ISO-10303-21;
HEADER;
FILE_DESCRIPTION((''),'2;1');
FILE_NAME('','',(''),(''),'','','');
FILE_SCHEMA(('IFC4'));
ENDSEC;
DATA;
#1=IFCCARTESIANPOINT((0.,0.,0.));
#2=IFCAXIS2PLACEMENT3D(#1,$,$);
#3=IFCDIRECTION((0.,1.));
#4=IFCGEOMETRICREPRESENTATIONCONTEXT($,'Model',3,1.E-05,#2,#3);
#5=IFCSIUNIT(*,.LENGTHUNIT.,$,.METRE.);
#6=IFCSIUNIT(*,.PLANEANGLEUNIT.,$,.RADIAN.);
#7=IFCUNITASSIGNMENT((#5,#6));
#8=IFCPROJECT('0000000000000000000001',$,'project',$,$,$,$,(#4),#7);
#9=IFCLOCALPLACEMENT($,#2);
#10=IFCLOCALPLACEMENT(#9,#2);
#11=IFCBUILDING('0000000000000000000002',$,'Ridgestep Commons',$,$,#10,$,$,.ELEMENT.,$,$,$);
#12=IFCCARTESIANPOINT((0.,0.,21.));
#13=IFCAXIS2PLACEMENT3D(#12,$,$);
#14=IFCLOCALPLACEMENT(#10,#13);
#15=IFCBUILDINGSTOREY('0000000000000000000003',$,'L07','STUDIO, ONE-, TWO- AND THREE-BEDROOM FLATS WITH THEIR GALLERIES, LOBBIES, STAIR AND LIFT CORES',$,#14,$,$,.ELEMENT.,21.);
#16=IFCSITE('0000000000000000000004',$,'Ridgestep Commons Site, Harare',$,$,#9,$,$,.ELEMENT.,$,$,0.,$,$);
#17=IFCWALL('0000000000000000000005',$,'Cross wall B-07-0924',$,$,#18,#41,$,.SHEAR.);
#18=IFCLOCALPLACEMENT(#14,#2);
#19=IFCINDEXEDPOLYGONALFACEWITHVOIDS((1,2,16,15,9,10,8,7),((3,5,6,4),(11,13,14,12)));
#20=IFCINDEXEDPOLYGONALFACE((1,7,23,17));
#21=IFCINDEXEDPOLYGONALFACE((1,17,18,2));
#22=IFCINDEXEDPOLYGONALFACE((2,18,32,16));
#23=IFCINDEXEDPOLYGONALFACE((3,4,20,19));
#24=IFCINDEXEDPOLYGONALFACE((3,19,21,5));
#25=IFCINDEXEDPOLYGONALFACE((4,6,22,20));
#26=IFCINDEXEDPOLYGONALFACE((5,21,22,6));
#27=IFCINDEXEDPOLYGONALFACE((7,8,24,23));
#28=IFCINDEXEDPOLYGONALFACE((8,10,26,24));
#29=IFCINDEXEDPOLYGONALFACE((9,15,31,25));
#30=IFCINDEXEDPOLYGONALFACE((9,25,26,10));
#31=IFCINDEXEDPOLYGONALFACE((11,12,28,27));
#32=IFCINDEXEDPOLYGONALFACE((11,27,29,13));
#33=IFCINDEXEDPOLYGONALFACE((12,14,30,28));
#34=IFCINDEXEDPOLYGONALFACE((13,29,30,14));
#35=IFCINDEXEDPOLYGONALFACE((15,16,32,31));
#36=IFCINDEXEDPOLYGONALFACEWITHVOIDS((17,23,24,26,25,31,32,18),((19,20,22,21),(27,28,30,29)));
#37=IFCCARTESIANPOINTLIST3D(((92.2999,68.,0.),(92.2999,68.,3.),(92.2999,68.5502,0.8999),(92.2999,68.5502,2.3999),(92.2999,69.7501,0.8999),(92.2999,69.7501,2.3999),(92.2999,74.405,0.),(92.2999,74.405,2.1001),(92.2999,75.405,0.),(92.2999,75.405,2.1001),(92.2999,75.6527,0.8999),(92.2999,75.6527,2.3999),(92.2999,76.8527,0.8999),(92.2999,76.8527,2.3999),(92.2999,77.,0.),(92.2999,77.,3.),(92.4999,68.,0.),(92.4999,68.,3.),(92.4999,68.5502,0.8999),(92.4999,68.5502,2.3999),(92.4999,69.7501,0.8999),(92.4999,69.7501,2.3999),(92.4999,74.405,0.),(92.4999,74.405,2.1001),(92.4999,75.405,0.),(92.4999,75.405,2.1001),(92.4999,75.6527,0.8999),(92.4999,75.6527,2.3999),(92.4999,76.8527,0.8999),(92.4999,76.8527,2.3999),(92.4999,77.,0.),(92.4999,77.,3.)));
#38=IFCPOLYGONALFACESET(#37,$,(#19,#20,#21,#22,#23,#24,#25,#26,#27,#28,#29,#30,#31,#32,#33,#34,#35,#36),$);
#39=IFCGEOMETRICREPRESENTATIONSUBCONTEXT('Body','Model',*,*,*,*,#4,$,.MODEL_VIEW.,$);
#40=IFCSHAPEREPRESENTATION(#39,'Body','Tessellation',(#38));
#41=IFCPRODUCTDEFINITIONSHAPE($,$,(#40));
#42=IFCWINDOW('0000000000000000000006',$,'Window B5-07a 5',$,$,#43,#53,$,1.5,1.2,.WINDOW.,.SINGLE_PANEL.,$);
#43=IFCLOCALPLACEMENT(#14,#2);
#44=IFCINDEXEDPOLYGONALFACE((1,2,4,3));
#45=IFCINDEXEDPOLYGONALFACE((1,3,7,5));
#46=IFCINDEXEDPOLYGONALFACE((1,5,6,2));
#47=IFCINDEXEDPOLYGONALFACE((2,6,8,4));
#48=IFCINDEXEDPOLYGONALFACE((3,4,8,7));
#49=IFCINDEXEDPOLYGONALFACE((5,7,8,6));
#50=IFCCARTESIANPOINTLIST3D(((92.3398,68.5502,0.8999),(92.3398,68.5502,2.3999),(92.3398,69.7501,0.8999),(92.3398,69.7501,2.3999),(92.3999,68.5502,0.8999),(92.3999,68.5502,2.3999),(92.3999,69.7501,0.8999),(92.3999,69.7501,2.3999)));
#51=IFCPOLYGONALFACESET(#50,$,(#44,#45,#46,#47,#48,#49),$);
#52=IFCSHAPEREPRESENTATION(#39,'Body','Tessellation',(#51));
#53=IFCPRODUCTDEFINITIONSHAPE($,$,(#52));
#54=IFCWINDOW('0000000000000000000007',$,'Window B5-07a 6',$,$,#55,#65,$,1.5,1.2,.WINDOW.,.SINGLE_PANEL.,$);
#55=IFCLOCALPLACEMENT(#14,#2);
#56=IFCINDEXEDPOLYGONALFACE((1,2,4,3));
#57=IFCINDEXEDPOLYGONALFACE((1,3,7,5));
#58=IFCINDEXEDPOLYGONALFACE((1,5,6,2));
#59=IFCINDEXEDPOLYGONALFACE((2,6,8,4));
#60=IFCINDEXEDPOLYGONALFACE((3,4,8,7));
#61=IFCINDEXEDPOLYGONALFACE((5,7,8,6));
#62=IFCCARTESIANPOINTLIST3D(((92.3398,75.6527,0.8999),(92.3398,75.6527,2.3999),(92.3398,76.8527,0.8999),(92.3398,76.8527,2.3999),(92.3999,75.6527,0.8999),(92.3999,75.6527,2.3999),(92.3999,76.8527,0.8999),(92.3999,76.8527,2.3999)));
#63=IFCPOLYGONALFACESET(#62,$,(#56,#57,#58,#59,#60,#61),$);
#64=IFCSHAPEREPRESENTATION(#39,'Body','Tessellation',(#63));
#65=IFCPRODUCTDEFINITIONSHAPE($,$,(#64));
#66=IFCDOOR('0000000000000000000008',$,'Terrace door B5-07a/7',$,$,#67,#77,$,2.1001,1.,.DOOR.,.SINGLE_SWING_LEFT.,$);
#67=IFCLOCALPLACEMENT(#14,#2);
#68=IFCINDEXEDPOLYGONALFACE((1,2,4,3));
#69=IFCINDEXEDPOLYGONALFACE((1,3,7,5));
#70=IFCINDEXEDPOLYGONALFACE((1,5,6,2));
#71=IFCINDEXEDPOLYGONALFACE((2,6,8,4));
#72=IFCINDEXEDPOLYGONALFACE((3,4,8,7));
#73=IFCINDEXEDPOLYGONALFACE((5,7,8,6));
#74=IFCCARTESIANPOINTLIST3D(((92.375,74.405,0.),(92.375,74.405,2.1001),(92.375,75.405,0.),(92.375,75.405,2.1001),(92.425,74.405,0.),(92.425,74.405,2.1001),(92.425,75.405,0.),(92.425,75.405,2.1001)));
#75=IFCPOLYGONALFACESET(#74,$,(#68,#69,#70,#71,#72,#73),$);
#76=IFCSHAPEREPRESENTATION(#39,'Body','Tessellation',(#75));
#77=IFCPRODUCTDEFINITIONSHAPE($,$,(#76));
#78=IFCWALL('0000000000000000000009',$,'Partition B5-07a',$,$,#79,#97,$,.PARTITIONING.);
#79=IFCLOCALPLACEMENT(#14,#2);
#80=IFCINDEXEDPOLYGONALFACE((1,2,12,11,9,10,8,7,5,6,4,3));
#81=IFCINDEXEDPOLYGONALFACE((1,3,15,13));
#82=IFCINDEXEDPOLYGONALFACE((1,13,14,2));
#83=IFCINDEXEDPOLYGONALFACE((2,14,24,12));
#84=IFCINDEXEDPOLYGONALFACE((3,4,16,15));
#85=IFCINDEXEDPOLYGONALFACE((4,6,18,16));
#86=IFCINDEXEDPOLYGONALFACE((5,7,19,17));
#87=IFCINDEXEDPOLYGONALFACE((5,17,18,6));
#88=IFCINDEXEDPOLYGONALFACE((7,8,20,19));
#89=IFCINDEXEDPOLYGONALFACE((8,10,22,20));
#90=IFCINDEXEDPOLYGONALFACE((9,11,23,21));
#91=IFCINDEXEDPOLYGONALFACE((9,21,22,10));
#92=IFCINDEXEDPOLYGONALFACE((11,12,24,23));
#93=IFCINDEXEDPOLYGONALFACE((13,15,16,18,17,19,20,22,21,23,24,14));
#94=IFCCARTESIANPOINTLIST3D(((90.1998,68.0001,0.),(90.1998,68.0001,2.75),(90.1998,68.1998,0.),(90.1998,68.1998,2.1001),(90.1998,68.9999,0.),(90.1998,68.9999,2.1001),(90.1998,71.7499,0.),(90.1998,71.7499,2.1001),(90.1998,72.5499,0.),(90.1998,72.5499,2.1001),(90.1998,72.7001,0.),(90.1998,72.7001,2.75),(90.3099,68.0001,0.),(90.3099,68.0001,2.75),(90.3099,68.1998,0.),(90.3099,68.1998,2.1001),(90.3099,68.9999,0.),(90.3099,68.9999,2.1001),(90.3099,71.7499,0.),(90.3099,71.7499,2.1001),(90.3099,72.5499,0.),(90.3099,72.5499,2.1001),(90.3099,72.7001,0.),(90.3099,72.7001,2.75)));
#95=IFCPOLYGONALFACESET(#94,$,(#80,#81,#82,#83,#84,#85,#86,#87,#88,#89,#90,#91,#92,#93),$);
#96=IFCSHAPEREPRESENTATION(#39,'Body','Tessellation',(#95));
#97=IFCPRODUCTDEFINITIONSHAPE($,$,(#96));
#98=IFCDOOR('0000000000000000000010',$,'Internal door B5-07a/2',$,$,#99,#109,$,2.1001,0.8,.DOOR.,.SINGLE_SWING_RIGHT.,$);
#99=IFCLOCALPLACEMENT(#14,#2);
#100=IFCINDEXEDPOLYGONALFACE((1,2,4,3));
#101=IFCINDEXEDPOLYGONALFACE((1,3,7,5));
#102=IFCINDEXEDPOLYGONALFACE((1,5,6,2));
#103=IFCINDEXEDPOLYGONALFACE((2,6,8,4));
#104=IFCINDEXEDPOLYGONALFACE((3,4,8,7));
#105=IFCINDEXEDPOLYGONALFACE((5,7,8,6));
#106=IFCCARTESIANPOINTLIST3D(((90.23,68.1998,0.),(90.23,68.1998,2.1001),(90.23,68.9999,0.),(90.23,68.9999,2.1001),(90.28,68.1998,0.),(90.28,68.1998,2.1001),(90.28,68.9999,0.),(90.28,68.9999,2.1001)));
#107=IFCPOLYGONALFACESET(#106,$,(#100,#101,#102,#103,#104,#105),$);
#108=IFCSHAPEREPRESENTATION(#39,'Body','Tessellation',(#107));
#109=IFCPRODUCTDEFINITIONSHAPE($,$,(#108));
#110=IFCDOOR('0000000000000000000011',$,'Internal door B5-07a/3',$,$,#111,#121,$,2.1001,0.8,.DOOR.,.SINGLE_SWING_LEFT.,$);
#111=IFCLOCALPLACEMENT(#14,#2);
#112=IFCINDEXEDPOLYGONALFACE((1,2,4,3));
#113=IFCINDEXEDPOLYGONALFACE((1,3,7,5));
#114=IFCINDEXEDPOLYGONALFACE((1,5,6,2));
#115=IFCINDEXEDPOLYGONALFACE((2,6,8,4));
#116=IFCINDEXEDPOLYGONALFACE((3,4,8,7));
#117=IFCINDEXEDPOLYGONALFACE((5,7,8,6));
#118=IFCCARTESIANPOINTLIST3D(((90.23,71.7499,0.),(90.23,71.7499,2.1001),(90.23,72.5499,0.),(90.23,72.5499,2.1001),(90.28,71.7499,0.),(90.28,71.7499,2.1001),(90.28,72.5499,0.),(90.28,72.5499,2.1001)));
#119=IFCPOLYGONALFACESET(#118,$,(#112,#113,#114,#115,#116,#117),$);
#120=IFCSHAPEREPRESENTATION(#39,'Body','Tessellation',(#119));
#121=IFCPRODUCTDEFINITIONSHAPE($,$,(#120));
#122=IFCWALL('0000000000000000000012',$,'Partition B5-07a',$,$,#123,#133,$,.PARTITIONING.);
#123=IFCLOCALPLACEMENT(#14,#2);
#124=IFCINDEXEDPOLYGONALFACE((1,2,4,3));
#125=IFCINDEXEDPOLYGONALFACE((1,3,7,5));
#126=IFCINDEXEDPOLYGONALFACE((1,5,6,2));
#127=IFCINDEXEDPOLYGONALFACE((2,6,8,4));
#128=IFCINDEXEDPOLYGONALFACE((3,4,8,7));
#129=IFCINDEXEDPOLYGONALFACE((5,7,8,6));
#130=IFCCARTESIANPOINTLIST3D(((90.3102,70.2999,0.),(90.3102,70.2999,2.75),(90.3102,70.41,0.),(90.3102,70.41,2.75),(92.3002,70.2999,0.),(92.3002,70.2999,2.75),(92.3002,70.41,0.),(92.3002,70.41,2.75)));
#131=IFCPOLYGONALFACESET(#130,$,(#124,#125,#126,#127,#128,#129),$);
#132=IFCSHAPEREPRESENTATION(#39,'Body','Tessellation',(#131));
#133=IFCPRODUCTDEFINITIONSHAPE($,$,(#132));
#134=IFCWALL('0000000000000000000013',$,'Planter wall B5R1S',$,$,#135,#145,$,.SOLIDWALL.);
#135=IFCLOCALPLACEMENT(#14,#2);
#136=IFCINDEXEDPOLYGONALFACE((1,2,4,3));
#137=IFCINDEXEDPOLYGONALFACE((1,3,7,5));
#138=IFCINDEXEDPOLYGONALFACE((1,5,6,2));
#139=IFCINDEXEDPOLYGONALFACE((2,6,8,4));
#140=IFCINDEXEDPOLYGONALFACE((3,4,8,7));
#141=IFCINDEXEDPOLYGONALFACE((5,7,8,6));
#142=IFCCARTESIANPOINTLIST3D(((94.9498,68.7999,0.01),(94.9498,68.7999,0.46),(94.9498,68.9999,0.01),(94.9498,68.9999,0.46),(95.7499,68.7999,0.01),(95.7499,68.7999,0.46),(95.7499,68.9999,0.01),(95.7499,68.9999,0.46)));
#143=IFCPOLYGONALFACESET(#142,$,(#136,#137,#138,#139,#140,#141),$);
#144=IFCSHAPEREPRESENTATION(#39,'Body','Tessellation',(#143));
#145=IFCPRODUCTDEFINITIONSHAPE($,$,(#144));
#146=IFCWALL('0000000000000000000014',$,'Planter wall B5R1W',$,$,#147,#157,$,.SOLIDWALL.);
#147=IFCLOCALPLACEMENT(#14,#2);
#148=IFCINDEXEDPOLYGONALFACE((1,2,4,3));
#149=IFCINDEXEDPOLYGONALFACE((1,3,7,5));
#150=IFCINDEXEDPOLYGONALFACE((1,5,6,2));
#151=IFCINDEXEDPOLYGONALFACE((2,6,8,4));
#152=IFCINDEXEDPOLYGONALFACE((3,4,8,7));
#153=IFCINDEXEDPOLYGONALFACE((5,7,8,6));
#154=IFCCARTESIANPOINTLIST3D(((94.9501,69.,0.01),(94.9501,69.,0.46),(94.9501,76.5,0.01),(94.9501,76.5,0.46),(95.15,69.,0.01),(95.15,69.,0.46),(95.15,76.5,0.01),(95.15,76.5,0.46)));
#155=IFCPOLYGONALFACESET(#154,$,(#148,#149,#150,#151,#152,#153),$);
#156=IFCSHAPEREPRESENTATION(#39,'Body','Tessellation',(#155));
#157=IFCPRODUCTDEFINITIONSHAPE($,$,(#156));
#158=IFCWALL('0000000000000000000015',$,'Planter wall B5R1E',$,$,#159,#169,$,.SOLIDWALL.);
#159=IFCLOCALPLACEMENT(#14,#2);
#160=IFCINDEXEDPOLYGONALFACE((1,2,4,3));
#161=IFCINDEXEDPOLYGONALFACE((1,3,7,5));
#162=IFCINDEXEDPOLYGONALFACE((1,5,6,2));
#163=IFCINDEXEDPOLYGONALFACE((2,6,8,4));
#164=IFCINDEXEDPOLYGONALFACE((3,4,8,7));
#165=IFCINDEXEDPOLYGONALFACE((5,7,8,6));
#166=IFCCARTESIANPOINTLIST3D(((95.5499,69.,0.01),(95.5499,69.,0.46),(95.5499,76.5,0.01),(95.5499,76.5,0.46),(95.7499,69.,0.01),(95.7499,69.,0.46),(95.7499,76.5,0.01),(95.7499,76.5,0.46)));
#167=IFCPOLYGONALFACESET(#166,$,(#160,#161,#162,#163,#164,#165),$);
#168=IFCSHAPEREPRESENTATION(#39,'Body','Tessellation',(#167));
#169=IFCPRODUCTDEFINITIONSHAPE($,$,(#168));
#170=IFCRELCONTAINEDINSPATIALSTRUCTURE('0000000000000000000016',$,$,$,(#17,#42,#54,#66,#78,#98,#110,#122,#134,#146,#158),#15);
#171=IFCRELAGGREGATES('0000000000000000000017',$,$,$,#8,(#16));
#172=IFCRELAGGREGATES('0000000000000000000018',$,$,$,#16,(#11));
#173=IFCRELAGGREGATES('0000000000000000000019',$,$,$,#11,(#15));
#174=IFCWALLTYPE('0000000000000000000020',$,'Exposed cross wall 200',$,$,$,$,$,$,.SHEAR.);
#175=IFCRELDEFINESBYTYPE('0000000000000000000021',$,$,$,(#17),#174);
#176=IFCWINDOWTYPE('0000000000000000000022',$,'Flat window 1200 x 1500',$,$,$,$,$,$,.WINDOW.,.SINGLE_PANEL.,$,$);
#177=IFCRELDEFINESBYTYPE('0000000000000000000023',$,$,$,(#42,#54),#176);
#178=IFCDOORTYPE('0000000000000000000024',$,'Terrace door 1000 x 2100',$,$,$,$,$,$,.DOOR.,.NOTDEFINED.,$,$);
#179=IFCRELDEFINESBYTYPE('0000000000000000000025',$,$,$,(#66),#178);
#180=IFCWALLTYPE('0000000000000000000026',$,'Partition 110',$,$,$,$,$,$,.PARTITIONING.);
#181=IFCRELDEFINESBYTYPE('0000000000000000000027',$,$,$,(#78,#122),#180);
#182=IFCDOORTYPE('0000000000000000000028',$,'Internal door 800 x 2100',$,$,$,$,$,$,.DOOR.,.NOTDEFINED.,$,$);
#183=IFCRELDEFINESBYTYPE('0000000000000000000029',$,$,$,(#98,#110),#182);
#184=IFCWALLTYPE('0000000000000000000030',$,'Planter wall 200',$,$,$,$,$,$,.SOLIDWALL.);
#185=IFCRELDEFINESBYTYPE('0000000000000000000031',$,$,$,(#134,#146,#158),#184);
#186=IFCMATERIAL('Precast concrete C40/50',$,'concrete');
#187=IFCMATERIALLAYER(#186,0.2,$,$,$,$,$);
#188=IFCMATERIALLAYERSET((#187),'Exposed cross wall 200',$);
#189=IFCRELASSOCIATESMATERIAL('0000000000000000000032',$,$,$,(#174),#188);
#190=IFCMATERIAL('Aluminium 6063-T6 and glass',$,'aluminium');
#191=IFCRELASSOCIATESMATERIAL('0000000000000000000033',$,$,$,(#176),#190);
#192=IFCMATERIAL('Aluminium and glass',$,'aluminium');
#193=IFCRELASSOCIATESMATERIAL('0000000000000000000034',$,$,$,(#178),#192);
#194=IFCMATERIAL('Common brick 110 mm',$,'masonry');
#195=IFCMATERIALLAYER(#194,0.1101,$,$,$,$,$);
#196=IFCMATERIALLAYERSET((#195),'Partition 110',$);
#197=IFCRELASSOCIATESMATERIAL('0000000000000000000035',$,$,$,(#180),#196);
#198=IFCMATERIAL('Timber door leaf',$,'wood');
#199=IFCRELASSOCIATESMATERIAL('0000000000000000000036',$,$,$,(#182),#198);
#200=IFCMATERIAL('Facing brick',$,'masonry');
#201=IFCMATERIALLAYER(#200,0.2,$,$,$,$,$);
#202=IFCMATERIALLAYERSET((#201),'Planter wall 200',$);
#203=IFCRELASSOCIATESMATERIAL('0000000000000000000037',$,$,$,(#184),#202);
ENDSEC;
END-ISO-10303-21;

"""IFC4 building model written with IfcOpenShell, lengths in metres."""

from ifc_helpers import new_model, si_unit, direction, frame, frame_2d, origin, place, context, subcontext, project, spatial, rectangle, extrude, material, layer, layer_set, type_object, element, fill, save


model = new_model("IFC4")

# Units and contexts
model_context = context("Model", 3, precision=1e-05, world=origin(), true_north=direction((0.0, 1.0)))
body_context = subcontext(model_context, "Body", "Model", "MODEL_VIEW")
ifc_project = project(units=[si_unit("LENGTHUNIT", "METRE"), si_unit("PLANEANGLEUNIT", "RADIAN")], contexts=[model_context])

# Site, building, storey
site_placement = place(None, origin())
site = spatial("IfcSite", under=ifc_project, at=site_placement, Name="Ridgestep Commons Site, Harare", CompositionType="ELEMENT", RefElevation=0.0)
building_placement = place(site_placement, origin())
building = spatial("IfcBuilding", under=site, at=building_placement, Name="Ridgestep Commons", CompositionType="ELEMENT")
storey_placement = place(building_placement, frame((0.0, 0.0, 21.0)))
storey = spatial("IfcBuildingStorey", under=building, at=storey_placement, Name="L07", Description="STUDIO, ONE-, TWO- AND THREE-BEDROOM FLATS WITH THEIR GALLERIES, LOBBIES, STAIR AND LIFT CORES", CompositionType="ELEMENT", Elevation=21.0)

# Wall, openings, windows, door
ifc_material_1 = material(Name="Precast concrete C40/50", Category="concrete")
ifc_layer_1 = layer(ifc_material_1, 0.2)
ifc_layer_set_1 = layer_set([ifc_layer_1], Name="Exposed cross wall 200")
wall_type_1 = type_object("IfcWallType", Name="Exposed cross wall 200", PredefinedType="SHEAR", material=ifc_layer_set_1)
wall_1_placement = place(storey_placement, frame((92.3999, 68.0, 0.0), z_axis=(0.0, 0.0, 1.0), x_axis=(0.0, 1.0, 0.0)))
wall_1 = element("IfcWall", 1, at=wall_1_placement, inside=storey, type_object=wall_type_1, Name="Cross wall B-07-0924", PredefinedType="SHEAR", context=body_context, shape_type="SweptSolid", body=[
    extrude(rectangle(XDim=9.0, YDim=0.2, at=frame_2d((4.5, 0.0))), origin(), (0.0, 0.0, 1.0), 3.0),
])
opening_1_placement = place(wall_1_placement, frame((0.55, 0.0, 0.8999)))
opening_1 = element("IfcOpeningElement", 2, at=opening_1_placement, cuts=wall_1, PredefinedType="OPENING", context=body_context, shape_type="SweptSolid", body=[
    extrude(rectangle(XDim=1.2, YDim=1.5, at=frame_2d((0.6001, 0.75))), frame((0.0, 0.1099, 0.0), z_axis=(0.0, -1.0, 0.0), x_axis=(1.0, 0.0, 0.0)), (0.0, 0.0, 1.0), 0.22),
])
opening_2_placement = place(wall_1_placement, frame((7.6526, 0.0, 0.8999)))
opening_2 = element("IfcOpeningElement", 3, at=opening_2_placement, cuts=wall_1, PredefinedType="OPENING", context=body_context, shape_type="SweptSolid", body=[
    extrude(rectangle(XDim=1.2, YDim=1.5, at=frame_2d((0.6001, 0.75))), frame((0.0, 0.1099, 0.0), z_axis=(0.0, -1.0, 0.0), x_axis=(1.0, 0.0, 0.0)), (0.0, 0.0, 1.0), 0.22),
])
opening_3_placement = place(wall_1_placement, frame((6.405, 0.0, 0.0)))
opening_3 = element("IfcOpeningElement", 4, at=opening_3_placement, cuts=wall_1, PredefinedType="OPENING", context=body_context, shape_type="SweptSolid", body=[
    extrude(rectangle(XDim=1.0, YDim=2.1001, at=frame_2d((0.5, 1.05))), frame((0.0, 0.1099, 0.0), z_axis=(0.0, -1.0, 0.0), x_axis=(1.0, 0.0, 0.0)), (0.0, 0.0, 1.0), 0.22),
])
ifc_material_2 = material(Name="Aluminium 6063-T6 and glass", Category="aluminium")
window_type = type_object("IfcWindowType", Name="Flat window 1200 x 1500", PartitioningType="SINGLE_PANEL", PredefinedType="WINDOW", material=ifc_material_2)
window_1_placement = place(opening_1_placement, origin())
window_1 = element("IfcWindow", 5, at=window_1_placement, inside=storey, type_object=window_type, Name="Window B5-07a 5", OverallHeight=1.5, OverallWidth=1.2, PartitioningType="SINGLE_PANEL", PredefinedType="WINDOW", context=body_context, shape_type="SweptSolid", body=[
    extrude(rectangle(XDim=1.2, YDim=1.5, at=frame_2d((0.6001, 0.75))), frame((0.0, 0.0601, 0.0), z_axis=(0.0, -1.0, 0.0), x_axis=(1.0, 0.0, 0.0)), (0.0, 0.0, 1.0), 0.0601),
])
fill(opening_1, window_1)
window_2_placement = place(opening_2_placement, origin())
window_2 = element("IfcWindow", 6, at=window_2_placement, inside=storey, type_object=window_type, Name="Window B5-07a 6", OverallHeight=1.5, OverallWidth=1.2, PartitioningType="SINGLE_PANEL", PredefinedType="WINDOW", context=body_context, shape_type="SweptSolid", body=[
    extrude(rectangle(XDim=1.2, YDim=1.5, at=frame_2d((0.6001, 0.75))), frame((0.0, 0.0601, 0.0), z_axis=(0.0, -1.0, 0.0), x_axis=(1.0, 0.0, 0.0)), (0.0, 0.0, 1.0), 0.0601),
])
fill(opening_2, window_2)
ifc_material_3 = material(Name="Aluminium and glass", Category="aluminium")
door_type_1 = type_object("IfcDoorType", Name="Terrace door 1000 x 2100", OperationType="NOTDEFINED", PredefinedType="DOOR", material=ifc_material_3)
door_1_placement = place(opening_3_placement, origin())
door_1 = element("IfcDoor", 7, at=door_1_placement, inside=storey, type_object=door_type_1, Name="Terrace door B5-07a/7", OperationType="SINGLE_SWING_LEFT", OverallHeight=2.1001, OverallWidth=1.0, PredefinedType="DOOR", context=body_context, shape_type="SweptSolid", body=[
    extrude(rectangle(XDim=1.0, YDim=2.1001, at=frame_2d((0.5, 1.05))), frame((0.0, 0.0249, 0.0), z_axis=(0.0, -1.0, 0.0), x_axis=(1.0, 0.0, 0.0)), (0.0, 0.0, 1.0), 0.05),
])
fill(opening_3, door_1)

# Wall, openings, doors
ifc_material_4 = material(Name="Common brick 110 mm", Category="masonry")
ifc_layer_2 = layer(ifc_material_4, 0.1101)
ifc_layer_set_2 = layer_set([ifc_layer_2], Name="Partition 110")
wall_type_2 = type_object("IfcWallType", Name="Partition 110", PredefinedType="PARTITIONING", material=ifc_layer_set_2)
wall_2_placement = place(storey_placement, frame((90.2549, 68.0, 0.0), z_axis=(0.0, 0.0, 1.0), x_axis=(0.0, 1.0, 0.0)))
wall_2 = element("IfcWall", 8, at=wall_2_placement, inside=storey, type_object=wall_type_2, Name="Partition B5-07a", PredefinedType="PARTITIONING", context=body_context, shape_type="SweptSolid", body=[
    extrude(rectangle(XDim=4.7, YDim=0.1101, at=frame_2d((2.3501, 0.0))), origin(), (0.0, 0.0, 1.0), 2.75),
])
opening_4_placement = place(wall_2_placement, frame((0.2, 0.0, 0.0)))
opening_4 = element("IfcOpeningElement", 9, at=opening_4_placement, cuts=wall_2, PredefinedType="OPENING", context=body_context, shape_type="SweptSolid", body=[
    extrude(rectangle(XDim=0.8, YDim=2.1001, at=frame_2d((0.3999, 1.05))), frame((0.0, 0.0649, 0.0), z_axis=(0.0, -1.0, 0.0), x_axis=(1.0, 0.0, 0.0)), (0.0, 0.0, 1.0), 0.1301),
])
opening_5_placement = place(wall_2_placement, frame((3.75, 0.0, 0.0)))
opening_5 = element("IfcOpeningElement", 10, at=opening_5_placement, cuts=wall_2, PredefinedType="OPENING", context=body_context, shape_type="SweptSolid", body=[
    extrude(rectangle(XDim=0.8, YDim=2.1001, at=frame_2d((0.3999, 1.05))), frame((0.0, 0.0649, 0.0), z_axis=(0.0, -1.0, 0.0), x_axis=(1.0, 0.0, 0.0)), (0.0, 0.0, 1.0), 0.1301),
])
ifc_material_5 = material(Name="Timber door leaf", Category="wood")
door_type_2 = type_object("IfcDoorType", Name="Internal door 800 x 2100", OperationType="NOTDEFINED", PredefinedType="DOOR", material=ifc_material_5)
door_2_placement = place(opening_4_placement, origin())
door_2 = element("IfcDoor", 11, at=door_2_placement, inside=storey, type_object=door_type_2, Name="Internal door B5-07a/2", OperationType="SINGLE_SWING_RIGHT", OverallHeight=2.1001, OverallWidth=0.8, PredefinedType="DOOR", context=body_context, shape_type="SweptSolid", body=[
    extrude(rectangle(XDim=0.8, YDim=2.1001, at=frame_2d((0.3999, 1.05))), frame((0.0, 0.0249, 0.0), z_axis=(0.0, -1.0, 0.0), x_axis=(1.0, 0.0, 0.0)), (0.0, 0.0, 1.0), 0.05),
])
fill(opening_4, door_2)
door_3_placement = place(opening_5_placement, origin())
door_3 = element("IfcDoor", 12, at=door_3_placement, inside=storey, type_object=door_type_2, Name="Internal door B5-07a/3", OperationType="SINGLE_SWING_LEFT", OverallHeight=2.1001, OverallWidth=0.8, PredefinedType="DOOR", context=body_context, shape_type="SweptSolid", body=[
    extrude(rectangle(XDim=0.8, YDim=2.1001, at=frame_2d((0.3999, 1.05))), frame((0.0, 0.0249, 0.0), z_axis=(0.0, -1.0, 0.0), x_axis=(1.0, 0.0, 0.0)), (0.0, 0.0, 1.0), 0.05),
])
fill(opening_5, door_3)

# Walls
wall_3_placement = place(storey_placement, frame((90.3101, 70.355, 0.0), z_axis=(0.0, 0.0, 1.0), x_axis=(1.0, 0.0, 0.0)))
element("IfcWall", 13, at=wall_3_placement, inside=storey, type_object=wall_type_2, Name="Partition B5-07a", PredefinedType="PARTITIONING", context=body_context, shape_type="SweptSolid", body=[
    extrude(rectangle(XDim=1.99, YDim=0.1101, at=frame_2d((0.9951, 0.0))), origin(), (0.0, 0.0, 1.0), 2.75),
])
ifc_material_6 = material(Name="Facing brick", Category="masonry")
ifc_layer_3 = layer(ifc_material_6, 0.2)
ifc_layer_set_3 = layer_set([ifc_layer_3], Name="Planter wall 200")
wall_type_3 = type_object("IfcWallType", Name="Planter wall 200", PredefinedType="SOLIDWALL", material=ifc_layer_set_3)
wall_4_placement = place(storey_placement, frame((94.95, 68.8999, 0.01), z_axis=(0.0, 0.0, 1.0), x_axis=(1.0, 0.0, 0.0)))
element("IfcWall", 14, at=wall_4_placement, inside=storey, type_object=wall_type_3, Name="Planter wall B5R1S", PredefinedType="SOLIDWALL", context=body_context, shape_type="SweptSolid", body=[
    extrude(rectangle(XDim=0.8, YDim=0.2, at=frame_2d((0.3999, 0.0))), origin(), (0.0, 0.0, 1.0), 0.45),
])
for number, where, z_axis, x_axis, name in (
    (15, (95.05, 69.0, 0.01), (0.0, 0.0, 1.0), (0.0, 1.0, 0.0), "Planter wall B5R1W"),
    (16, (95.6499, 69.0, 0.01), (0.0, 0.0, 1.0), (0.0, 1.0, 0.0), "Planter wall B5R1E"),
):
    element("IfcWall", number, at=place(storey_placement, frame(where, z_axis=z_axis, x_axis=x_axis)), inside=storey, type_object=wall_type_3, Name=name, PredefinedType="SOLIDWALL", context=body_context, shape_type="SweptSolid", body=[
        extrude(rectangle(XDim=7.5, YDim=0.2, at=frame_2d((3.75, 0.0))), origin(), (0.0, 0.0, 1.0), 0.45),
    ])

save(model, "model.ifc")
